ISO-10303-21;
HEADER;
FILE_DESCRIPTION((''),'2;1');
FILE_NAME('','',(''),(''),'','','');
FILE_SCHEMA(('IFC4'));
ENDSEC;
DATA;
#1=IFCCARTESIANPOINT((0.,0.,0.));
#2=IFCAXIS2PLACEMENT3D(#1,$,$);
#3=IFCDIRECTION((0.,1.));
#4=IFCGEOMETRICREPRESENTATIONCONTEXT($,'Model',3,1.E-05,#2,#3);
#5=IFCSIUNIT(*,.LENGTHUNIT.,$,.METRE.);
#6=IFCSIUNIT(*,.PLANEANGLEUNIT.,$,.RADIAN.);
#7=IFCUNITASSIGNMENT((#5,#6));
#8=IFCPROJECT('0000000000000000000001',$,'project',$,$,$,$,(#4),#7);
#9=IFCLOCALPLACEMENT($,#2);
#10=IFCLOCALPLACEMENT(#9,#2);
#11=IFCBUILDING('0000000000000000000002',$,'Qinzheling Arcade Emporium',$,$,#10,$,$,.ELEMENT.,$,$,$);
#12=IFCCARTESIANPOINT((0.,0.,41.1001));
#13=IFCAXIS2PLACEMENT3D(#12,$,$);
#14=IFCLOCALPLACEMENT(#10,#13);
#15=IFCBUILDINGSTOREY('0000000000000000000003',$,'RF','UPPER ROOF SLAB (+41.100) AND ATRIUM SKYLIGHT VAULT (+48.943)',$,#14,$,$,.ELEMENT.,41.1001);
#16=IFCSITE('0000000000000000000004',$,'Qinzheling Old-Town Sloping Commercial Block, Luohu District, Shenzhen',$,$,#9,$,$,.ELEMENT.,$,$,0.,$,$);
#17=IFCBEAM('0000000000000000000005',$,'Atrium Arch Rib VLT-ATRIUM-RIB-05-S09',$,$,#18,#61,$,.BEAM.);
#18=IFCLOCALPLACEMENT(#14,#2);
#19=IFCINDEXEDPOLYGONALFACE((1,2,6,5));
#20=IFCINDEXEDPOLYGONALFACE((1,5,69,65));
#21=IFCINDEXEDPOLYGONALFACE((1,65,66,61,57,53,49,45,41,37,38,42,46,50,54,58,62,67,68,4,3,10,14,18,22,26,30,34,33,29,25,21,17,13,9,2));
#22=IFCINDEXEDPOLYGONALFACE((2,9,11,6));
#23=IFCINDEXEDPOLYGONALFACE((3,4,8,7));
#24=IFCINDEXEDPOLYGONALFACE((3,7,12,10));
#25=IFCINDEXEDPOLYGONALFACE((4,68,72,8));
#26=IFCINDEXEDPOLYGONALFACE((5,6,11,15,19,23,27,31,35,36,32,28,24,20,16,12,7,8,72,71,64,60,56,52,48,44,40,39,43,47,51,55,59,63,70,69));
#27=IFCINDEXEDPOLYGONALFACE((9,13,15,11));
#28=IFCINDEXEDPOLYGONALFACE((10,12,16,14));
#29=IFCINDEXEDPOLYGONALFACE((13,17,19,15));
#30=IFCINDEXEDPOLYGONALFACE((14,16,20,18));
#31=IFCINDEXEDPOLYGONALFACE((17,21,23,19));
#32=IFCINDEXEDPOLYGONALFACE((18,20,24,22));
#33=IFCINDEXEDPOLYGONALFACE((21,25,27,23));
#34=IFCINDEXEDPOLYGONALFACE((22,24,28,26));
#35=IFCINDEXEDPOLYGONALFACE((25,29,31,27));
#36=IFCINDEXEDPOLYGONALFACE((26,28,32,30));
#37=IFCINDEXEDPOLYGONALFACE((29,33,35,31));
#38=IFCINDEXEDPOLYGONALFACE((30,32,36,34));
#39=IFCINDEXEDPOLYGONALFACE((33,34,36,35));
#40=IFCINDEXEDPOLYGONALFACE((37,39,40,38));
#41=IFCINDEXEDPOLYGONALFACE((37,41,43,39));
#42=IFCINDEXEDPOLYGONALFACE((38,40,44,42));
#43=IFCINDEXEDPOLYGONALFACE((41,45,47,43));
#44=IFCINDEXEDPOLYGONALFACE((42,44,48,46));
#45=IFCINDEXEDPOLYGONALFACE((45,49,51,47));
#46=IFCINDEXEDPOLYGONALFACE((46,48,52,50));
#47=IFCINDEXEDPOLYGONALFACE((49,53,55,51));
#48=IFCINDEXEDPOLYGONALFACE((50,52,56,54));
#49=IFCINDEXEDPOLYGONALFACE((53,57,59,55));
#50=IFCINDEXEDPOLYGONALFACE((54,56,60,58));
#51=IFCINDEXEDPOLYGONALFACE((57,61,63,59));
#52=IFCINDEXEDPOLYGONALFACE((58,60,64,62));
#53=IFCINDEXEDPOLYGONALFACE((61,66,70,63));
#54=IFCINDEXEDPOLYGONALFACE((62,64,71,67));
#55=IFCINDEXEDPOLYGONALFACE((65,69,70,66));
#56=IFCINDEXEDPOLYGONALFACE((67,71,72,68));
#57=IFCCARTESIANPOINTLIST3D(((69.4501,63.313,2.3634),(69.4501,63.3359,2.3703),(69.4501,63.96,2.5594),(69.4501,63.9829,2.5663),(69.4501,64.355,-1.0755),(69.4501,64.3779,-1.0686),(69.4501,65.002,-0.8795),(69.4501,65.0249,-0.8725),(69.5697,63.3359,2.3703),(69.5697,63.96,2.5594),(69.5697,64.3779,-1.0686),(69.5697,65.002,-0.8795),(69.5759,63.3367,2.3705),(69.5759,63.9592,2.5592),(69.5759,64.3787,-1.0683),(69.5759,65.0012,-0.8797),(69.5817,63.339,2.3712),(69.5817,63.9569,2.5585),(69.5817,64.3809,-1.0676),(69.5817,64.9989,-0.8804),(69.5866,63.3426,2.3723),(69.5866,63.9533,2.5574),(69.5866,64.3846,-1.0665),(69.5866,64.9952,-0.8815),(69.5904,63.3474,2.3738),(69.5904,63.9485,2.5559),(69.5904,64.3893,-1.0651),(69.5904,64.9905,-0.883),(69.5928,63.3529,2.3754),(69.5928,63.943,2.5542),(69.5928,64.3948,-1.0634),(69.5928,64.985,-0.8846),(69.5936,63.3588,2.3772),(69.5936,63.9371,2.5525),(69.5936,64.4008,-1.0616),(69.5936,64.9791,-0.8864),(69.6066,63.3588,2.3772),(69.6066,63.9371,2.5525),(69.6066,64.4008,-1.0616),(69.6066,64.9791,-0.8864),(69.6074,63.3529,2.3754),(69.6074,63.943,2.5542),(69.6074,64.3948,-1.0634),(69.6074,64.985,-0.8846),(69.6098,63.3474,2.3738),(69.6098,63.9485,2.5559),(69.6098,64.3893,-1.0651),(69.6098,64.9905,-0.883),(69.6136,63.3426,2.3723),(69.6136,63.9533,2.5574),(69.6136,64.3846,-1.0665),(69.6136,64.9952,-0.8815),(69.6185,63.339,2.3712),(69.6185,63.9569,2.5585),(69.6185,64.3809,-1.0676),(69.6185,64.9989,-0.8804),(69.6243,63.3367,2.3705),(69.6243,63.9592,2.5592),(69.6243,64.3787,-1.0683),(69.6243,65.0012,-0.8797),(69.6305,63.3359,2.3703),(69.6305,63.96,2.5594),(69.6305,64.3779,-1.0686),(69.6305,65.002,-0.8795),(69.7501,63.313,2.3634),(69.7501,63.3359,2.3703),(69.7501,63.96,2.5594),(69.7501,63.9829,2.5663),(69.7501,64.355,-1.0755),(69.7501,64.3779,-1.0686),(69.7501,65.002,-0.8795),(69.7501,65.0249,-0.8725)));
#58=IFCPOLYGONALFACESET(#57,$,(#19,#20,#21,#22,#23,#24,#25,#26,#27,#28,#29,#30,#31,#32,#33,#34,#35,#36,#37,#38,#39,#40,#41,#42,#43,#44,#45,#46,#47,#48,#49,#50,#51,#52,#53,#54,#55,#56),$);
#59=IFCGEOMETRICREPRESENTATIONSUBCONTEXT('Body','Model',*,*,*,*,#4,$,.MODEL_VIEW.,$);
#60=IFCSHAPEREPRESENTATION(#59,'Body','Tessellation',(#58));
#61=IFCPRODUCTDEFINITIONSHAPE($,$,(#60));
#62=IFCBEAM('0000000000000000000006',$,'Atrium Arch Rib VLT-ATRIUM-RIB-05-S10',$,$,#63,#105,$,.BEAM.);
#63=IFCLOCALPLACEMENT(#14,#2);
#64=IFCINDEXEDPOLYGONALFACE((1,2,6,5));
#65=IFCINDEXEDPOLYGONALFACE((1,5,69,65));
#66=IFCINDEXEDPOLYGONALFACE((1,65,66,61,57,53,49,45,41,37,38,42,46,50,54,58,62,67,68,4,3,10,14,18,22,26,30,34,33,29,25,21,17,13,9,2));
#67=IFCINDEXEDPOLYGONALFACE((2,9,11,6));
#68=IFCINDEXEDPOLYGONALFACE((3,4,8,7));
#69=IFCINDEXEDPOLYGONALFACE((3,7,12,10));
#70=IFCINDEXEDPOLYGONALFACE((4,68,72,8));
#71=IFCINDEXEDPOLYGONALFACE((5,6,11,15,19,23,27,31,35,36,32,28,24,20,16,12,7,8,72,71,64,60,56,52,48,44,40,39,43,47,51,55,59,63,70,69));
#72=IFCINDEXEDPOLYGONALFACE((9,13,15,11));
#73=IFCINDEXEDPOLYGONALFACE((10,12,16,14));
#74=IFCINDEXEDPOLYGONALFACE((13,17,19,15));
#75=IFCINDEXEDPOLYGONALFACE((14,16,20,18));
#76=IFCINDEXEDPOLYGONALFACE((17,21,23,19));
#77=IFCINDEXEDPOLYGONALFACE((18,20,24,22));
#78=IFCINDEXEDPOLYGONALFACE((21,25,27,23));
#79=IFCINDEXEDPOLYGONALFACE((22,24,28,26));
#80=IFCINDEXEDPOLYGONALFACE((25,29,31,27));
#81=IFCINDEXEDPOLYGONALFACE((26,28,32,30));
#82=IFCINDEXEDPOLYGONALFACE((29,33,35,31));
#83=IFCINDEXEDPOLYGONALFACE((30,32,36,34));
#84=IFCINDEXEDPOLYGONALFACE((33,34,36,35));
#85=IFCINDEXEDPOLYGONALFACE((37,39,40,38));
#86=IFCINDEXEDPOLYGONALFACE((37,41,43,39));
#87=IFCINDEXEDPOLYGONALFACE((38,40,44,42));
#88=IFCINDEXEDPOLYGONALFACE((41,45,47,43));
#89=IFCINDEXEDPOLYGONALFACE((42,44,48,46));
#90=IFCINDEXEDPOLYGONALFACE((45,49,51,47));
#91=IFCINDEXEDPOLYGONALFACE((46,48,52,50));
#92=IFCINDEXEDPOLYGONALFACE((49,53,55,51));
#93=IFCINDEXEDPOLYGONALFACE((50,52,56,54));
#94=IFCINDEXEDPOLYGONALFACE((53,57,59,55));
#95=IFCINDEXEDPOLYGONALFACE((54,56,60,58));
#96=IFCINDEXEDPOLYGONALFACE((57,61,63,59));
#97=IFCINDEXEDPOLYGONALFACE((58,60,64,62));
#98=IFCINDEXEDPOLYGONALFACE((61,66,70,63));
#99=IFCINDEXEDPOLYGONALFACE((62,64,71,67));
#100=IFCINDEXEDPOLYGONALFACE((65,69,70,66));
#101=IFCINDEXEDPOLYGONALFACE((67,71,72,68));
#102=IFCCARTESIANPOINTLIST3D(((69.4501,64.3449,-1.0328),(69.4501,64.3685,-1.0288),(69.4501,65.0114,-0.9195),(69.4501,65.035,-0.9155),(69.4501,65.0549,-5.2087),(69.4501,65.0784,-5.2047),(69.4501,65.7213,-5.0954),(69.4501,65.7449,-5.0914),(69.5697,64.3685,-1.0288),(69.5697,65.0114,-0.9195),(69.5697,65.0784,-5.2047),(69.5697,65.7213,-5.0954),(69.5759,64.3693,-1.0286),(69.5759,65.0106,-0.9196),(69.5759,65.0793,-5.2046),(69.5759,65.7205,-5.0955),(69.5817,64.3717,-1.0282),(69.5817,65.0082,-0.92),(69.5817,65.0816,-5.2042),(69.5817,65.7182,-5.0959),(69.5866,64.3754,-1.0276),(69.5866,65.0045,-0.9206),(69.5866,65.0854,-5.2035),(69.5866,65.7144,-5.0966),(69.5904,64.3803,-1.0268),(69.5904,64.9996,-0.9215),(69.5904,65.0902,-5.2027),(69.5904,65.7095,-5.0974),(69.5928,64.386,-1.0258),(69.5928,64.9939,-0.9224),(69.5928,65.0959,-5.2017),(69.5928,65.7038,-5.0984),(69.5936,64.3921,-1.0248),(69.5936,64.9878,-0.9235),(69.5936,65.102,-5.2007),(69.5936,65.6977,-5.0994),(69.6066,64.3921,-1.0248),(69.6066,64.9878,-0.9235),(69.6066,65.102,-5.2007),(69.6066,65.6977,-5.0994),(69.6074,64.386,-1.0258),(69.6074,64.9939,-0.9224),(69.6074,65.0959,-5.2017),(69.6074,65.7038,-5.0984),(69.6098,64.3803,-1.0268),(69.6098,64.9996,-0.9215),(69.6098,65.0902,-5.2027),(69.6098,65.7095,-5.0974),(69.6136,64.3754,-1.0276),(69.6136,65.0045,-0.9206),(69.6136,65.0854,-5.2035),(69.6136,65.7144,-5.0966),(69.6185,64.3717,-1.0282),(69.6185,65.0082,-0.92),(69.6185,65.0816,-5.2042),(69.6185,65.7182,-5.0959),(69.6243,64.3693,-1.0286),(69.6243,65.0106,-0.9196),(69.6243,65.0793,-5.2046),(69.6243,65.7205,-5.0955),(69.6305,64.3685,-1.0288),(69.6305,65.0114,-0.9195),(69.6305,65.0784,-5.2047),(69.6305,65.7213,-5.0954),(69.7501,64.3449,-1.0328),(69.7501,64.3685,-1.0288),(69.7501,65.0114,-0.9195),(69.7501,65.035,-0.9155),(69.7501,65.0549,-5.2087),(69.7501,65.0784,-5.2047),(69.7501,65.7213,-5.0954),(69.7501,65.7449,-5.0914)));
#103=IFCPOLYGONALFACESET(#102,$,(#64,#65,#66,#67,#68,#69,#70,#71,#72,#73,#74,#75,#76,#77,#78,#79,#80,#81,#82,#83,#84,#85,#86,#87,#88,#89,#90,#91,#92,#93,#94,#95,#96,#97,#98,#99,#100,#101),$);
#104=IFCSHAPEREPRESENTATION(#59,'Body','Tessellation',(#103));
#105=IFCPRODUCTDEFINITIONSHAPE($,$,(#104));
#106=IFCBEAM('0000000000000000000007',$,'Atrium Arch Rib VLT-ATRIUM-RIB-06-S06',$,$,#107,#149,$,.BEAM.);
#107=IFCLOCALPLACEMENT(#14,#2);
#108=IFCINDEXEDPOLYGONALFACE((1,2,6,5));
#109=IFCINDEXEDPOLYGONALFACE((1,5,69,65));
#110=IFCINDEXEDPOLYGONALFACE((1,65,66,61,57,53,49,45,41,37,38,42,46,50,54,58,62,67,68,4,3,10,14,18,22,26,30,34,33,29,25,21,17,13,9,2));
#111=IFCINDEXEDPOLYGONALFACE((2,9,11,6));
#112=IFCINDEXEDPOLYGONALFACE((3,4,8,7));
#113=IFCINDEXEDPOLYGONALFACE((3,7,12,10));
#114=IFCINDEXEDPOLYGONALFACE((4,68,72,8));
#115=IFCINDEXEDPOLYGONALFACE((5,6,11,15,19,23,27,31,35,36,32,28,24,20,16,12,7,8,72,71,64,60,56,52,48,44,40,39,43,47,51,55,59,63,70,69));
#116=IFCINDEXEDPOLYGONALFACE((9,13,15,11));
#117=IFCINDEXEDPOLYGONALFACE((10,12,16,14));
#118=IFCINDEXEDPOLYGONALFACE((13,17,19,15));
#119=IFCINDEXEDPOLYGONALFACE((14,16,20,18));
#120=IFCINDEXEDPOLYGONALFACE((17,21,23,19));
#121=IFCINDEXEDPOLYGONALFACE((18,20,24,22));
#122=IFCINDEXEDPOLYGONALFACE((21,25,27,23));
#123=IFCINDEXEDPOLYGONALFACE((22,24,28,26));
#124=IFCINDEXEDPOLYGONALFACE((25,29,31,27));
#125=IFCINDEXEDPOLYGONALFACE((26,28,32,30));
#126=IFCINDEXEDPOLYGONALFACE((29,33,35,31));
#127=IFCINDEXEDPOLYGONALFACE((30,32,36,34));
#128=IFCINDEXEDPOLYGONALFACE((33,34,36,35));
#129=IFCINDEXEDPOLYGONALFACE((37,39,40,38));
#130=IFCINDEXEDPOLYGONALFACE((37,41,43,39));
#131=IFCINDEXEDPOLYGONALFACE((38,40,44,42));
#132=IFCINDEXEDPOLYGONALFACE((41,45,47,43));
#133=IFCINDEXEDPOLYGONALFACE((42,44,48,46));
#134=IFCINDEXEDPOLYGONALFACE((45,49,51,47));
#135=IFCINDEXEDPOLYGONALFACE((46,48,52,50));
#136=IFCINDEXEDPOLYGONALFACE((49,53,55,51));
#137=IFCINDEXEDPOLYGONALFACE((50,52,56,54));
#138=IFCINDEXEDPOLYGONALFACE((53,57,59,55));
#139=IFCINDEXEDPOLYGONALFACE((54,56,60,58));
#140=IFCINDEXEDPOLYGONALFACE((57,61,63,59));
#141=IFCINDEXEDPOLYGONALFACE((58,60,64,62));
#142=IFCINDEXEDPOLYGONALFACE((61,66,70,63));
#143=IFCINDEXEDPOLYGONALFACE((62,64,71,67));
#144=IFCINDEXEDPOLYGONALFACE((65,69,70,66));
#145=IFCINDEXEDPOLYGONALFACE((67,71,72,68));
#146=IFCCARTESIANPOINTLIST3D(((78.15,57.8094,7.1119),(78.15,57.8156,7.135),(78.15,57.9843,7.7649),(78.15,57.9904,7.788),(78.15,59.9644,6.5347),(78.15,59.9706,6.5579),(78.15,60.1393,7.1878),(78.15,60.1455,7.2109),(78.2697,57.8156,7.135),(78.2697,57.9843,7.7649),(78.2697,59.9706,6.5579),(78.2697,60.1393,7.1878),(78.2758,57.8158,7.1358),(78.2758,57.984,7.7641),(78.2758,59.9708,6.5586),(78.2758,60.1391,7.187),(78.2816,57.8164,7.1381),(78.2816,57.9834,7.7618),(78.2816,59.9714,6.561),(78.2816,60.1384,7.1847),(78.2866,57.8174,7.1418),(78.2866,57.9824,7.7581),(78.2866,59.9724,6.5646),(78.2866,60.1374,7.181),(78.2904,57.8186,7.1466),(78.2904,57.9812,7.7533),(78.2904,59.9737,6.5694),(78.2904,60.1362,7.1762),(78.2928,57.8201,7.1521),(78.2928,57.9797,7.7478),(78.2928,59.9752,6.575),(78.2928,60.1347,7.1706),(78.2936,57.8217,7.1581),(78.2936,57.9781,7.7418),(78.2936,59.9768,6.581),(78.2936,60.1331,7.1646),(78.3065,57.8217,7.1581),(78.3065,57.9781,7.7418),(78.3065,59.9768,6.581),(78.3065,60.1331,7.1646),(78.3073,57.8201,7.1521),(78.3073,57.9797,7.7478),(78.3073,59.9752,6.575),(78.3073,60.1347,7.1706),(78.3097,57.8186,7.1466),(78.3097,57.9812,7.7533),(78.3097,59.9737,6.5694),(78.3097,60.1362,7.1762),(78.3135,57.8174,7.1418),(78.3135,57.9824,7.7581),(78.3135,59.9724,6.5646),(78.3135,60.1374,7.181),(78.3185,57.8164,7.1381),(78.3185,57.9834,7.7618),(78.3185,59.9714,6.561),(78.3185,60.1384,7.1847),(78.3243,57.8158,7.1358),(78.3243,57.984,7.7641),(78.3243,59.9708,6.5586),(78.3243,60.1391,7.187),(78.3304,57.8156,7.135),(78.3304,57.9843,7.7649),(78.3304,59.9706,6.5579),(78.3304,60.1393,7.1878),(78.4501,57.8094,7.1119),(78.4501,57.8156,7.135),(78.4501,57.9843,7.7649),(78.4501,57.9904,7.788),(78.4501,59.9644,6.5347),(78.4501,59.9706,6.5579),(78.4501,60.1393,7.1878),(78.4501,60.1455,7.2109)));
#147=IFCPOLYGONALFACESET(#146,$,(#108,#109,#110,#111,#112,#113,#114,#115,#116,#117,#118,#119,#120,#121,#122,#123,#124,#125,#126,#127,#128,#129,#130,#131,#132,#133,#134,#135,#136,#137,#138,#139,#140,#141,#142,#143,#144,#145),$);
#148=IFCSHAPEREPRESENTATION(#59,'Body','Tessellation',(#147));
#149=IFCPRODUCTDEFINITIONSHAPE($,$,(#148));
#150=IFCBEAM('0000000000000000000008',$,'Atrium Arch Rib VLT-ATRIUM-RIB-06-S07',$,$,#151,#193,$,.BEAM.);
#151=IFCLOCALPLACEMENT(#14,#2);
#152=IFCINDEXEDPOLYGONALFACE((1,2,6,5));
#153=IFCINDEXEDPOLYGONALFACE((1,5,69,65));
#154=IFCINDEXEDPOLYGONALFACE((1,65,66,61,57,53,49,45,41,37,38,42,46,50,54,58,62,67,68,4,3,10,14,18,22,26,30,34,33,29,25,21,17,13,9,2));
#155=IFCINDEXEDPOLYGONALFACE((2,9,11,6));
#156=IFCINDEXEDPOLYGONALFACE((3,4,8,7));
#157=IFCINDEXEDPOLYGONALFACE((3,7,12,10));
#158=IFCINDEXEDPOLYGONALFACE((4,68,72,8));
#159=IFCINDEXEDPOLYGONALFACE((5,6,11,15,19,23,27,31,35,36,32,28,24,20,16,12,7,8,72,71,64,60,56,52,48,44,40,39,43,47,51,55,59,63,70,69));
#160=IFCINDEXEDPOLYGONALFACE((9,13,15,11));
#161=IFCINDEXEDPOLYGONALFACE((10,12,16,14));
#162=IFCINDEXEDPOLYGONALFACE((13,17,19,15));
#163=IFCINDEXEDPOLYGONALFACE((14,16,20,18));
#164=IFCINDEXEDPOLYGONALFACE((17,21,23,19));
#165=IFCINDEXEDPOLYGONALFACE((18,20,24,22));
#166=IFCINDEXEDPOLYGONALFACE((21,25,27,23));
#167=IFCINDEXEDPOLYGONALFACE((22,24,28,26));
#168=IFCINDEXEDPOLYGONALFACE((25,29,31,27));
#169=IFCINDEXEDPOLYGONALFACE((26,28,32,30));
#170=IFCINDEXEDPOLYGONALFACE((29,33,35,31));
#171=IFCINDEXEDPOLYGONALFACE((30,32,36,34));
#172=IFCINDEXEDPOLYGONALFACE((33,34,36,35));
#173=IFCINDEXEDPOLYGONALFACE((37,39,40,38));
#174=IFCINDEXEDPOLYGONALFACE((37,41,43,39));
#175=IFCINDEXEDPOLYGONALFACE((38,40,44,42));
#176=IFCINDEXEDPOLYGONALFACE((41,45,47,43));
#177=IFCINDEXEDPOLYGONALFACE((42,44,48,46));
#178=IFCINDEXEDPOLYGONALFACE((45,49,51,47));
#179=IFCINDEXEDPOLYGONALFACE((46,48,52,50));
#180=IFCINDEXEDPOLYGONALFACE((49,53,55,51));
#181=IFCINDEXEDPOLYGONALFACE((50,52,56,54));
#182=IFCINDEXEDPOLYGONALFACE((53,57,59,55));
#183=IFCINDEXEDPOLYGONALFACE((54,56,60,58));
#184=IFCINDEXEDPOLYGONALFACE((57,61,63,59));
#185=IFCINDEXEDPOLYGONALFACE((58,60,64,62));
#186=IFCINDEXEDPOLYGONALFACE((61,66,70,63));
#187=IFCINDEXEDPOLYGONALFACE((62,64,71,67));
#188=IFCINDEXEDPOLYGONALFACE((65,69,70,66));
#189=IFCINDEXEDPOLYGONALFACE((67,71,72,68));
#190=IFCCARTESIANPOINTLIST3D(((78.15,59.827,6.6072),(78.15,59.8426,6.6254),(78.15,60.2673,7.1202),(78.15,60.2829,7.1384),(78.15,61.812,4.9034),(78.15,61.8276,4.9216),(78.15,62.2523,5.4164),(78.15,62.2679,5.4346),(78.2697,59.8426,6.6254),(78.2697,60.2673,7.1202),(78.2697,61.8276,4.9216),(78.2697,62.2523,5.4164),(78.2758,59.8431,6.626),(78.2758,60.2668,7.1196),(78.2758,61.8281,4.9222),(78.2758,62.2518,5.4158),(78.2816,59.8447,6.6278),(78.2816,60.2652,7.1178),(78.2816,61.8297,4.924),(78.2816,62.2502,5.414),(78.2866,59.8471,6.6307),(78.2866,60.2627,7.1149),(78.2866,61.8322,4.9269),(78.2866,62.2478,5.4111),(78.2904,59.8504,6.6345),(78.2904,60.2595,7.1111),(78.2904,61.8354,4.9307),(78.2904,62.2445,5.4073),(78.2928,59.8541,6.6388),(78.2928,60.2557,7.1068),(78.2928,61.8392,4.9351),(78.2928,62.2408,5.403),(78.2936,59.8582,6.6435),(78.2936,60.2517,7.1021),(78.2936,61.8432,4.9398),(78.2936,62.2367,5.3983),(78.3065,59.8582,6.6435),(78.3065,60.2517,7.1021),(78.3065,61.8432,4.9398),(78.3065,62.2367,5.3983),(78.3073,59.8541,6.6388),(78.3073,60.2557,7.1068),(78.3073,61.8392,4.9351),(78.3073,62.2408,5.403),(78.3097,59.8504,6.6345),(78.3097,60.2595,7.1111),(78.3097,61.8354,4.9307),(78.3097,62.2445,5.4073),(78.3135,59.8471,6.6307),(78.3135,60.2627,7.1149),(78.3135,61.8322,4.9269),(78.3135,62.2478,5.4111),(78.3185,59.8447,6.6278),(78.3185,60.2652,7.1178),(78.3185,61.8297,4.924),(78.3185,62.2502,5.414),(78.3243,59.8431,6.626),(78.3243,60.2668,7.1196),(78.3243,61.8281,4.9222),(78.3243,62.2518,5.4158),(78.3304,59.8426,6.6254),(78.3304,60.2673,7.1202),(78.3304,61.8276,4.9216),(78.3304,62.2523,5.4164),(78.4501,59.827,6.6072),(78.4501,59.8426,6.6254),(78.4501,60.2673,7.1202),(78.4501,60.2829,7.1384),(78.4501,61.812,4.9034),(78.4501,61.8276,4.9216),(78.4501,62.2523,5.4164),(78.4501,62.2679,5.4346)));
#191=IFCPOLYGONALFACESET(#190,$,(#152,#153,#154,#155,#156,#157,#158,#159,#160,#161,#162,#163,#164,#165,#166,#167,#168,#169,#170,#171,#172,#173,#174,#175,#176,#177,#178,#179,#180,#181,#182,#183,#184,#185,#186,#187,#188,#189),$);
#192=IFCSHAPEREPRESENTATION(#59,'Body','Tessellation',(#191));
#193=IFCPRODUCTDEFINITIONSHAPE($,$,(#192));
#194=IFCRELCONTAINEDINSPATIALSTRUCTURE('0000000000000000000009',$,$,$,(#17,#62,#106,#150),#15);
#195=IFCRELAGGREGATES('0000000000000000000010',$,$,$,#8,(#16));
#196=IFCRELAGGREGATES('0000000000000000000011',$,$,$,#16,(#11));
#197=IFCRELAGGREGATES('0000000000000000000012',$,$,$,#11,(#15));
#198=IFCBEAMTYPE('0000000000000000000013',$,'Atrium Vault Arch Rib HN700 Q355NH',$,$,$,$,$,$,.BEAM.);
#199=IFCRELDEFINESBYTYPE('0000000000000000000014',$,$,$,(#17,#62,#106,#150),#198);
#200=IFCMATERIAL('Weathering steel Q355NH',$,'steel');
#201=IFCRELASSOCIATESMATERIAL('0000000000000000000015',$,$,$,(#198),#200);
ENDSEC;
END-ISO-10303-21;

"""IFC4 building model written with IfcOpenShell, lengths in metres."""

from ifc_helpers import new_model, si_unit, direction, frame, origin, origin_2d, place, context, subcontext, project, spatial, i_section, extrude, material, material_profile, profile_set, type_object, element, save


model = new_model("IFC4")

# Units and contexts
model_context = context("Model", 3, precision=1e-05, world=origin(), true_north=direction((0.0, 1.0)))
body_context = subcontext(model_context, "Body", "Model", "MODEL_VIEW")
ifc_project = project(units=[si_unit("LENGTHUNIT", "METRE"), si_unit("PLANEANGLEUNIT", "RADIAN")], contexts=[model_context])

# Site, building, storey
site_placement = place(None, origin())
site = spatial("IfcSite", under=ifc_project, at=site_placement, Name="Qinzheling Old-Town Sloping Commercial Block, Luohu District, Shenzhen", CompositionType="ELEMENT", RefElevation=0.0)
building_placement = place(site_placement, origin())
building = spatial("IfcBuilding", under=site, at=building_placement, Name="Qinzheling Arcade Emporium", CompositionType="ELEMENT")
storey_placement = place(building_placement, frame((0.0, 0.0, 41.1001)))
storey = spatial("IfcBuildingStorey", under=building, at=storey_placement, Name="RF", Description="UPPER ROOF SLAB (+41.100) AND ATRIUM SKYLIGHT VAULT (+48.943)", CompositionType="ELEMENT", Elevation=41.1001)

# Shared definitions
ifc_material_1 = material(Name="Weathering steel Q355NH", Category="steel")

# Beams
ifc_material_profile_1 = material_profile(ifc_material_1, i_section(OverallWidth=0.3, OverallDepth=0.7, WebThickness=0.0129, FlangeThickness=0.0239, FilletRadius=0.0239, at=origin_2d()), Name="HN 700x300x13x24", Category="steel")
ifc_profile_set_1 = profile_set([ifc_material_profile_1], Name="Weathering steel Q355NH")
beam_type_1 = type_object("IfcBeamType", Name="Atrium Vault Arch Rib HN700 Q355NH", PredefinedType="BEAM", material=ifc_profile_set_1)
beam_1_placement = place(storey_placement, frame((69.6001, 63.6479, 2.4648), z_axis=(0.0, 0.289977, -0.957034), x_axis=(-1.0, 0.0, 0.0)))
element("IfcBeam", 1, at=beam_1_placement, inside=storey, type_object=beam_type_1, Name="Atrium Arch Rib VLT-ATRIUM-RIB-05-S09", PredefinedType="BEAM", context=body_context, shape_type="SweptSolid", body=[
    extrude(i_section(OverallWidth=0.3, OverallDepth=0.7, WebThickness=0.0129, FlangeThickness=0.0239, FilletRadius=0.0239, at=origin_2d()), origin(), (0.0, 0.0, 1.0), 3.5933),
])
beam_2_placement = place(storey_placement, frame((69.6001, 64.6899, -0.9741), z_axis=(0.0, 0.167604, -0.985854), x_axis=(-1.0, 0.0, 0.0)))
element("IfcBeam", 2, at=beam_2_placement, inside=storey, type_object=beam_type_1, Name="Atrium Arch Rib VLT-ATRIUM-RIB-05-S10", PredefinedType="BEAM", context=body_context, shape_type="SweptSolid", body=[
    extrude(i_section(OverallWidth=0.3, OverallDepth=0.7, WebThickness=0.0129, FlangeThickness=0.0239, FilletRadius=0.0239, at=origin_2d()), origin(), (0.0, 0.0, 1.0), 4.2358),
])
beam_3_placement = place(storey_placement, frame((78.3, 57.8999, 7.45), z_axis=(0.0, 0.965958, -0.258698), x_axis=(-1.0, 0.0, 0.0)))
element("IfcBeam", 3, at=beam_3_placement, inside=storey, type_object=beam_type_1, Name="Atrium Arch Rib VLT-ATRIUM-RIB-06-S06", PredefinedType="BEAM", context=body_context, shape_type="SweptSolid", body=[
    extrude(i_section(OverallWidth=0.3, OverallDepth=0.7, WebThickness=0.0129, FlangeThickness=0.0239, FilletRadius=0.0239, at=origin_2d()), origin(), (0.0, 0.0, 1.0), 2.231),
])
beam_4_placement = place(storey_placement, frame((78.3, 60.0549, 6.8728), z_axis=(0.0, 0.758815, -0.651306), x_axis=(-1.0, 0.0, 0.0)))
element("IfcBeam", 4, at=beam_4_placement, inside=storey, type_object=beam_type_1, Name="Atrium Arch Rib VLT-ATRIUM-RIB-06-S07", PredefinedType="BEAM", context=body_context, shape_type="SweptSolid", body=[
    extrude(i_section(OverallWidth=0.3, OverallDepth=0.7, WebThickness=0.0129, FlangeThickness=0.0239, FilletRadius=0.0239, at=origin_2d()), origin(), (0.0, 0.0, 1.0), 2.616),
])

save(model, "model.ifc")
